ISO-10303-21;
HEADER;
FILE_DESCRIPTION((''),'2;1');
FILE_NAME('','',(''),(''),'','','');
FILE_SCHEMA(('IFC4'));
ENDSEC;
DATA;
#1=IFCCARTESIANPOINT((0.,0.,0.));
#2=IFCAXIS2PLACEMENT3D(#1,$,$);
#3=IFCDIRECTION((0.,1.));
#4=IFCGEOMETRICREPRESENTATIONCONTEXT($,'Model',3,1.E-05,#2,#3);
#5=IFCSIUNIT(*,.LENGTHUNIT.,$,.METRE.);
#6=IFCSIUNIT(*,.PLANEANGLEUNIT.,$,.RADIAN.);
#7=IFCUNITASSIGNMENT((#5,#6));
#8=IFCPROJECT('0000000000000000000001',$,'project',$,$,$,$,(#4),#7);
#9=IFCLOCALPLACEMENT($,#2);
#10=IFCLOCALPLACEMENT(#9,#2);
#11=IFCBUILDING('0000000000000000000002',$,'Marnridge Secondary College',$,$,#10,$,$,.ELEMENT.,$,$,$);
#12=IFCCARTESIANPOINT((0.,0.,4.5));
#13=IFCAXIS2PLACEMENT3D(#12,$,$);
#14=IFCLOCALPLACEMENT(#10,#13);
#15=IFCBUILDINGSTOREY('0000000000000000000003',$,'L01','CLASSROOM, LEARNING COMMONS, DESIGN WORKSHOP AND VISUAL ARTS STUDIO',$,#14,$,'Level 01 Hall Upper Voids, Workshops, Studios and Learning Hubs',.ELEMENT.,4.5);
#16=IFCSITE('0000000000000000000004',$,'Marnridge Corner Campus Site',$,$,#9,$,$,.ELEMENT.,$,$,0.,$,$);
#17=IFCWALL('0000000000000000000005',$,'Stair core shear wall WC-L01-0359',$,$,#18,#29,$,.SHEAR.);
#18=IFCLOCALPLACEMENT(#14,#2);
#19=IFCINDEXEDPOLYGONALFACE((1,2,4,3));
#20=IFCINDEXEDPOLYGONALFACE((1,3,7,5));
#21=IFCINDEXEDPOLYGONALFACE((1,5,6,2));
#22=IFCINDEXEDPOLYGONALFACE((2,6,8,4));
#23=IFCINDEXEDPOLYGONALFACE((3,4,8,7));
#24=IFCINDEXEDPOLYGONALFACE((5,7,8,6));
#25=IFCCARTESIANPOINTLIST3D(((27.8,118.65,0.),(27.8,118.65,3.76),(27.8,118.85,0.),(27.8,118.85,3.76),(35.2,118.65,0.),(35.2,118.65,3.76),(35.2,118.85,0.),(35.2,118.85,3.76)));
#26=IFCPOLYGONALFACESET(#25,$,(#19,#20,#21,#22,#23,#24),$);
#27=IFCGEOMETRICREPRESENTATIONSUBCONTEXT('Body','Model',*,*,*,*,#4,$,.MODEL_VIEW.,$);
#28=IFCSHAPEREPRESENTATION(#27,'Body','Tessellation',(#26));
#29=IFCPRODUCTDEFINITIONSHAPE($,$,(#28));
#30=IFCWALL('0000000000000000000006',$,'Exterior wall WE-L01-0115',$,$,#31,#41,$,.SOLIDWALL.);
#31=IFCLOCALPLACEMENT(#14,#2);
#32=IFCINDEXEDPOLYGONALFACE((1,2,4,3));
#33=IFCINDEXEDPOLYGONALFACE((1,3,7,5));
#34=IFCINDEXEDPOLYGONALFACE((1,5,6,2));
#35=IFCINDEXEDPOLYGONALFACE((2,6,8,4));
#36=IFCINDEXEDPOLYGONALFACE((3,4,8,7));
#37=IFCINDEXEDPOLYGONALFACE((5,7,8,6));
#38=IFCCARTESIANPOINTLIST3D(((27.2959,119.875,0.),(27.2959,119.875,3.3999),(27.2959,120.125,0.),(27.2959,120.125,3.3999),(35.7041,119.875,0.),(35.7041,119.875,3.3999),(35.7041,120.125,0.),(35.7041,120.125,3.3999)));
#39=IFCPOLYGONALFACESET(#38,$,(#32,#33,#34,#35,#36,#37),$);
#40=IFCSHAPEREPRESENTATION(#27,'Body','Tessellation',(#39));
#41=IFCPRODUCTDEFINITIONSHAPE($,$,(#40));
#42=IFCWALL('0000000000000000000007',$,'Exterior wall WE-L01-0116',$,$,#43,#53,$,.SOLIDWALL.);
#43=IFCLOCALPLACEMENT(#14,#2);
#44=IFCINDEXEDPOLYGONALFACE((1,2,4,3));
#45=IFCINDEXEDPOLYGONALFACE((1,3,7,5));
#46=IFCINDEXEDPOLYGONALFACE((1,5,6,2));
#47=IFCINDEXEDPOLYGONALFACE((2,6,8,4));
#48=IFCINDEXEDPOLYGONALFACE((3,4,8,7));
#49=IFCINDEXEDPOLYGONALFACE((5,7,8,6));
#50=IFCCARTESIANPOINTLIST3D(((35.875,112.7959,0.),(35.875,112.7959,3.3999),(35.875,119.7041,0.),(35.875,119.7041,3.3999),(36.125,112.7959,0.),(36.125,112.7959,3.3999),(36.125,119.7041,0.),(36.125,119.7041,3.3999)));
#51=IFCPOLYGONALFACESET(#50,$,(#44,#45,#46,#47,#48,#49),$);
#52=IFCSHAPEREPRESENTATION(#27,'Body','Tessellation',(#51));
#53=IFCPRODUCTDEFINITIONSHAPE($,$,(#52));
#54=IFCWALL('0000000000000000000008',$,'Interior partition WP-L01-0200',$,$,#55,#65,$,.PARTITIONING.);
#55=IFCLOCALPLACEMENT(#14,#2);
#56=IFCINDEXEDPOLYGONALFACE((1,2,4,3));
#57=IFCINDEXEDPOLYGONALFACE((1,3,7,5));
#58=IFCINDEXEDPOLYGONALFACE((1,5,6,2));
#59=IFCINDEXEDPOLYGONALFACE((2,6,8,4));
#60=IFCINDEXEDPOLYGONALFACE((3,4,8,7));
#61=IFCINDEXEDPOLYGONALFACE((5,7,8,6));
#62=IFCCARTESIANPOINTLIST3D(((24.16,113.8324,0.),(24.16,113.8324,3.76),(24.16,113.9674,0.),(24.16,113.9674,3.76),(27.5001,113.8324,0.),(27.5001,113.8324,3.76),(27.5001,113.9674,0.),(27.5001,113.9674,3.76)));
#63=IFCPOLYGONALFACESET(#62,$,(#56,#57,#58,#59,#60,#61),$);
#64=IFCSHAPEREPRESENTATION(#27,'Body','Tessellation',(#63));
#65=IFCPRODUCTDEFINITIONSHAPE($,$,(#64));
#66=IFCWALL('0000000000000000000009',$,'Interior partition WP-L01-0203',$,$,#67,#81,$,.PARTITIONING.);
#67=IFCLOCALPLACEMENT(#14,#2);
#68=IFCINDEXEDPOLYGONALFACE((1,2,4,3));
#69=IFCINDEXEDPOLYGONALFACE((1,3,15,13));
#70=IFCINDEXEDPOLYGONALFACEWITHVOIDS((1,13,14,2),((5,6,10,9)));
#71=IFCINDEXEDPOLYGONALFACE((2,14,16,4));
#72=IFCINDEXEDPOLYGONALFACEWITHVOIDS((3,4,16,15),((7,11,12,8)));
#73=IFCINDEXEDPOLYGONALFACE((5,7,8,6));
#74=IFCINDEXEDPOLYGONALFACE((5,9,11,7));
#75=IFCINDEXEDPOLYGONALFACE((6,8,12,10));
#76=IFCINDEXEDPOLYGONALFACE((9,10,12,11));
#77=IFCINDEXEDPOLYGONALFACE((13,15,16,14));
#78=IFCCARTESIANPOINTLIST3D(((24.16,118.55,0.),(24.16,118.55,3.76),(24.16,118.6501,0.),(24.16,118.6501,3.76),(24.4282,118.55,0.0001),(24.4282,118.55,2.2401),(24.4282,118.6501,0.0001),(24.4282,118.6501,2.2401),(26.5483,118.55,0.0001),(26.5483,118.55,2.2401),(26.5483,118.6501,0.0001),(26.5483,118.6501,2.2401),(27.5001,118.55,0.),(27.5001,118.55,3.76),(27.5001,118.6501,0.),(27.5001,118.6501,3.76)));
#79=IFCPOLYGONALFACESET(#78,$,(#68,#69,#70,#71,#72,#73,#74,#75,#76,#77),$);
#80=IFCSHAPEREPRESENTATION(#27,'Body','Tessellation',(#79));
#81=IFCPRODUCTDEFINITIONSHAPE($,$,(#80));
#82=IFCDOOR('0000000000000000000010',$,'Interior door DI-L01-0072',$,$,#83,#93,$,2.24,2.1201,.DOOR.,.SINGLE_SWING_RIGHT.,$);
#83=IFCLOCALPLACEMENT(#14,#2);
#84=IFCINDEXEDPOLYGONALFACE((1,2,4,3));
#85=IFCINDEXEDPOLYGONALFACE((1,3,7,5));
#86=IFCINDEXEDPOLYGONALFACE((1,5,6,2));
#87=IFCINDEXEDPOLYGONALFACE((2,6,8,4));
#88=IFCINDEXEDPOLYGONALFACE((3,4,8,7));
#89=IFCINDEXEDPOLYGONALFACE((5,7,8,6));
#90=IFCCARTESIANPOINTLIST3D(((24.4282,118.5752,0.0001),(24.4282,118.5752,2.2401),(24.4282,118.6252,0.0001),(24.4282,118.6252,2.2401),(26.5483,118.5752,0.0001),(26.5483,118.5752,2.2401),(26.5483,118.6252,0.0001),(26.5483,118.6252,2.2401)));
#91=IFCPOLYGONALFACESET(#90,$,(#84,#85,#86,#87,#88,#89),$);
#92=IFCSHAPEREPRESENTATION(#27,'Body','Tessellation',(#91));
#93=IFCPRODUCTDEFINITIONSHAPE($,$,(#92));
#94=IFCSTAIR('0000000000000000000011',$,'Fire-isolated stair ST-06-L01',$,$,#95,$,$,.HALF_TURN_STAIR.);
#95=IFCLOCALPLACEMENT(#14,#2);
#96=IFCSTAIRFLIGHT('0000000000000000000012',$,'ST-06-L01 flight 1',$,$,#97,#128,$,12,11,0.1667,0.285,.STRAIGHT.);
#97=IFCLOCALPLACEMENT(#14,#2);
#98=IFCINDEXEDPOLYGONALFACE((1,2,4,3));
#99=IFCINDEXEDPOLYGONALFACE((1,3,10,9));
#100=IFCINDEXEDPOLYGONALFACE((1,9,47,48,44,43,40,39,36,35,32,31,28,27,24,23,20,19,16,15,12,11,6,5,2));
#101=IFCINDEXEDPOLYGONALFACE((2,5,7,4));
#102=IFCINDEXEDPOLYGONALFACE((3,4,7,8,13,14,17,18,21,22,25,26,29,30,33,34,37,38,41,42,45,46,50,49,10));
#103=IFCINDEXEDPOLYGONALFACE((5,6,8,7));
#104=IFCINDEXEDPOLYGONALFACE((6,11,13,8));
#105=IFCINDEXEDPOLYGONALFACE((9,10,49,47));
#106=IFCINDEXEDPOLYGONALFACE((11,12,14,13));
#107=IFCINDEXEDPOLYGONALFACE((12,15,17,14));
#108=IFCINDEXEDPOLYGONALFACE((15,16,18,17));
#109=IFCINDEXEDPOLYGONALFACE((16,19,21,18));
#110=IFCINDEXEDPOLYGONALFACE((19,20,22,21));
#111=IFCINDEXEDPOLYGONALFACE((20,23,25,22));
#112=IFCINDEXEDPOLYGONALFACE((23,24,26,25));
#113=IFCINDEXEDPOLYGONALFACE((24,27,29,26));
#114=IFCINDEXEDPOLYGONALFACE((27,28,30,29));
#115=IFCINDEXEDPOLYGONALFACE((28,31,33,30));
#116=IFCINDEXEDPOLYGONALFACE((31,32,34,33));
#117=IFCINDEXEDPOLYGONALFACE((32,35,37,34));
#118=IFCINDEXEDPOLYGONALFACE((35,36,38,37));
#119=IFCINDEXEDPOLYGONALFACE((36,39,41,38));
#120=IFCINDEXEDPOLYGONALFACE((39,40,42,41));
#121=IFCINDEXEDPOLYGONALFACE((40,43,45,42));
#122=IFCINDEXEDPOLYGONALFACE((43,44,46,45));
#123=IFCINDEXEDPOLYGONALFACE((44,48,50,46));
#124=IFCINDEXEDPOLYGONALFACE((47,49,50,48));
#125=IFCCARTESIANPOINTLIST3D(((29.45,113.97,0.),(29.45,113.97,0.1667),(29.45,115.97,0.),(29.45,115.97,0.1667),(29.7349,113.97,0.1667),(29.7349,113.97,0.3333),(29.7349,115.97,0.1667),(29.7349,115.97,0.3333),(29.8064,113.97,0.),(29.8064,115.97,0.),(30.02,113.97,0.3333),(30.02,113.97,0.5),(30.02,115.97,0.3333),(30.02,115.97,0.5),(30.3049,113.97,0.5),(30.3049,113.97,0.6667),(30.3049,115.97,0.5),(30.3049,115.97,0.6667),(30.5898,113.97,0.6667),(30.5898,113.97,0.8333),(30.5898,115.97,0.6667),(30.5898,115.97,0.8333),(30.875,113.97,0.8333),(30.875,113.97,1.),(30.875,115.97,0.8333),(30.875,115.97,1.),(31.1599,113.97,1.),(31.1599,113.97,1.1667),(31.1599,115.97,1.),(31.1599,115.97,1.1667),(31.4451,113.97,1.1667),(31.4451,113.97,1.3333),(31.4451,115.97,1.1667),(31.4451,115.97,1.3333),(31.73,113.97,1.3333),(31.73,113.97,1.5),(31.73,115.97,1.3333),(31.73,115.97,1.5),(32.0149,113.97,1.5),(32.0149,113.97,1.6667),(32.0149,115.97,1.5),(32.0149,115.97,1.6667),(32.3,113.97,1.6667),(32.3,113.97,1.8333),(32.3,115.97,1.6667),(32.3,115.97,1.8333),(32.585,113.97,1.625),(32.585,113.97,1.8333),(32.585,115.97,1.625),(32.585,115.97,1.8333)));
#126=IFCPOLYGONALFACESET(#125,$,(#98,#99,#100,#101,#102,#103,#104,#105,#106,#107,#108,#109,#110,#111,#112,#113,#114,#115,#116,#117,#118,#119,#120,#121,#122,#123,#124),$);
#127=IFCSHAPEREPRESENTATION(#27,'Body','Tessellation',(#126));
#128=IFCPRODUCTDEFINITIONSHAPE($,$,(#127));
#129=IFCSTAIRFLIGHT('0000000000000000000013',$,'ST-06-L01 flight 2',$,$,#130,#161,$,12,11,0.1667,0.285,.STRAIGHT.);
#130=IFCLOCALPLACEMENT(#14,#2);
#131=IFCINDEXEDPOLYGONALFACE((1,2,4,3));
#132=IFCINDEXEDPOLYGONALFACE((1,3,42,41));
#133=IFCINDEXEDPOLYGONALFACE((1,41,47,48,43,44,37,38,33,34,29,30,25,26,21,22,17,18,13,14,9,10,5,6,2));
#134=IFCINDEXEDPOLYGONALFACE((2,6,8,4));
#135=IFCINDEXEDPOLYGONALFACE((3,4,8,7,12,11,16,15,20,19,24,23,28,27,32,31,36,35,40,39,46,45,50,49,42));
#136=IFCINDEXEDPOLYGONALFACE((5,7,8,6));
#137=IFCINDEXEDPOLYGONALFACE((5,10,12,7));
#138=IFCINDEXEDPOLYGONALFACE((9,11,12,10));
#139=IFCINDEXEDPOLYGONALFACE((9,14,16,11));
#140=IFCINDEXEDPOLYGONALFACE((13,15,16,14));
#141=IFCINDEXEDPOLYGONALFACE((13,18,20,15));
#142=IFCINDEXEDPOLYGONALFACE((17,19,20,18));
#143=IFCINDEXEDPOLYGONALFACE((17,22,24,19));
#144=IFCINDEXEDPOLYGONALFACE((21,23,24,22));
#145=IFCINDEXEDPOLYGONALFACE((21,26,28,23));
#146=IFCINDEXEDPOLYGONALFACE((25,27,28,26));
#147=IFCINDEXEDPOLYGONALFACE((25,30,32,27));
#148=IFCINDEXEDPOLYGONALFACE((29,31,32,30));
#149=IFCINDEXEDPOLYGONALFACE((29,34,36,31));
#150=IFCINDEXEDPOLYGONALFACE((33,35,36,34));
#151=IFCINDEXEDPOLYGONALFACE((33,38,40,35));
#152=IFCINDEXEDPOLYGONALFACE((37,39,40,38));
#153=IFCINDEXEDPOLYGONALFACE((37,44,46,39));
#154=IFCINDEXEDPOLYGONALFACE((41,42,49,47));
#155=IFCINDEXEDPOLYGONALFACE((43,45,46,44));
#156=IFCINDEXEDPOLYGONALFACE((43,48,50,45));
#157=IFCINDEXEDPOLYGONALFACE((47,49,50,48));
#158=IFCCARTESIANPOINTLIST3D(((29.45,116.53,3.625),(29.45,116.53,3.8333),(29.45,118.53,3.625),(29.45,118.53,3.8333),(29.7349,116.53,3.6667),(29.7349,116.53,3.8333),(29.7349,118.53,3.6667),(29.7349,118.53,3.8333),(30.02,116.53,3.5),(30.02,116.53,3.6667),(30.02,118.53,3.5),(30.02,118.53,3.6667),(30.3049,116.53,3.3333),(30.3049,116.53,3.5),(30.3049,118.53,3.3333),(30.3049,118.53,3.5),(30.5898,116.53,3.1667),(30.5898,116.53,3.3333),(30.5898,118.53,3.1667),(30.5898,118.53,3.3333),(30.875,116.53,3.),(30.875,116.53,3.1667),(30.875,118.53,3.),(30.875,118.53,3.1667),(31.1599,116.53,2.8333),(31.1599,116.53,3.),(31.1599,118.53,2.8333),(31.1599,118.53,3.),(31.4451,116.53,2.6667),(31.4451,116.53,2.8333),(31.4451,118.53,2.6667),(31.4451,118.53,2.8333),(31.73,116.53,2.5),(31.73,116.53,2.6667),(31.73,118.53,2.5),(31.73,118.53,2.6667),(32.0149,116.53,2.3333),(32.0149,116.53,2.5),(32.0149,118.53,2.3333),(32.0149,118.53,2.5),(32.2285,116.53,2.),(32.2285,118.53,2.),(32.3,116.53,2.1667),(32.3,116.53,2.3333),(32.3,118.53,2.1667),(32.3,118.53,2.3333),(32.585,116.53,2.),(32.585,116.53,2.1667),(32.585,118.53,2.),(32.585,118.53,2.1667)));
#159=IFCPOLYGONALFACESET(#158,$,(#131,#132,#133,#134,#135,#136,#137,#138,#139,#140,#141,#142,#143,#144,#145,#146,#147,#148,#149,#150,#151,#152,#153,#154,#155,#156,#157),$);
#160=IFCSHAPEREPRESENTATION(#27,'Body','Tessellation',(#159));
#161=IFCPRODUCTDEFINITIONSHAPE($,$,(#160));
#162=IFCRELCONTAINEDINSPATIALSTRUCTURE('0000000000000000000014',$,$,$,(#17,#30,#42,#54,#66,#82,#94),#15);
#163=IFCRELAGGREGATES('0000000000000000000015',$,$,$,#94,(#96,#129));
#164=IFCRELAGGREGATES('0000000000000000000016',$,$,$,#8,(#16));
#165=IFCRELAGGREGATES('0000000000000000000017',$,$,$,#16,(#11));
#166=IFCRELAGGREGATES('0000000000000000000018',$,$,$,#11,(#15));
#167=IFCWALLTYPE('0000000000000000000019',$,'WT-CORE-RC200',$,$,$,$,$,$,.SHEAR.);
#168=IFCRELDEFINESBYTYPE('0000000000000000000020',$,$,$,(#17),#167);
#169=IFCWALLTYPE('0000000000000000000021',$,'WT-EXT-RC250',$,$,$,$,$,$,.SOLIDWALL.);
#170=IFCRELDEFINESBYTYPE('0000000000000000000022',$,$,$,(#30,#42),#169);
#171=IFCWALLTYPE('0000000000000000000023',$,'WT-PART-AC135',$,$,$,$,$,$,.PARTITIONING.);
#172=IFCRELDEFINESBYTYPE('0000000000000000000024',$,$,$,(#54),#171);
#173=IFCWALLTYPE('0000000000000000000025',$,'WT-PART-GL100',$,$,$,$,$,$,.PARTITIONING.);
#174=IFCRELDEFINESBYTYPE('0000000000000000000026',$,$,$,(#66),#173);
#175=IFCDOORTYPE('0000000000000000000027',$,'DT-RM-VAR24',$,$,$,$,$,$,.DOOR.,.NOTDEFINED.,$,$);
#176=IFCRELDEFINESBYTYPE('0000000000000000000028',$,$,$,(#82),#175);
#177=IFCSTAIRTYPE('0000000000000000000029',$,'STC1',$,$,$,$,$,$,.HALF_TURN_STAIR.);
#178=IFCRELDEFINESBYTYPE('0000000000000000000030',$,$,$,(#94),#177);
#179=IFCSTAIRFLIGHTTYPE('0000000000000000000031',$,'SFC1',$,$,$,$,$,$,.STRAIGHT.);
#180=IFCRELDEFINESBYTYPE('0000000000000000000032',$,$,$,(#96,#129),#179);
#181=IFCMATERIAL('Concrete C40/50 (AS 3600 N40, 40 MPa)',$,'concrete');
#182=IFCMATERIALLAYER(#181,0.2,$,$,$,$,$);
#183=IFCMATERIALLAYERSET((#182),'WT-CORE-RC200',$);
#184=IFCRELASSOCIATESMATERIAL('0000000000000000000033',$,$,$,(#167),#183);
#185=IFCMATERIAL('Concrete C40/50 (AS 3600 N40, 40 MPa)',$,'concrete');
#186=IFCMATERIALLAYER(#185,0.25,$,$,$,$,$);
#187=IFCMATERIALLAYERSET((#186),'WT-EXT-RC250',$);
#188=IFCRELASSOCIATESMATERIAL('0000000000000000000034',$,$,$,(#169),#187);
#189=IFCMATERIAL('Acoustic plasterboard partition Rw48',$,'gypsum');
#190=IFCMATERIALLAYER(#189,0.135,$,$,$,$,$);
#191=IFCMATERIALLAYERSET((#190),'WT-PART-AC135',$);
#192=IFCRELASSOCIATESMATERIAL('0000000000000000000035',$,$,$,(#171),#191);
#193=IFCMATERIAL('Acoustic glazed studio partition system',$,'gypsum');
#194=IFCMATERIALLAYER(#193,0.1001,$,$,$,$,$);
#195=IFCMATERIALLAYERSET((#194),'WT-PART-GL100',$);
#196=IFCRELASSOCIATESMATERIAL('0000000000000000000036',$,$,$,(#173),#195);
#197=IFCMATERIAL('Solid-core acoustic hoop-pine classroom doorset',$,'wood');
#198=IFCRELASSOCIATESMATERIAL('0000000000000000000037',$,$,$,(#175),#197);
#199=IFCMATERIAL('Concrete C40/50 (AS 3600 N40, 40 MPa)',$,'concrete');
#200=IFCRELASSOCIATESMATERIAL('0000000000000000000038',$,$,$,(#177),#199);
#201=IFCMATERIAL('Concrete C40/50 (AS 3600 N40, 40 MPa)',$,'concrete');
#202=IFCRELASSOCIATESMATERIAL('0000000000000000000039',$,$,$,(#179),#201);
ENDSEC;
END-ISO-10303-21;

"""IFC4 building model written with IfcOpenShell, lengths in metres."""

from ifc_helpers import new_model, si_unit, direction, frame, frame_2d, origin, place, context, subcontext, project, spatial, polyline, rectangle, outline, extrude, material, layer, layer_set, type_object, element, fill, aggregate, save


model = new_model("IFC4")

# Units and contexts
model_context = context("Model", 3, precision=1e-05, world=origin(), true_north=direction((0.0, 1.0)))
body_context = subcontext(model_context, "Body", "Model", "MODEL_VIEW")
ifc_project = project(units=[si_unit("LENGTHUNIT", "METRE"), si_unit("PLANEANGLEUNIT", "RADIAN")], contexts=[model_context])

# Site, building, storey
site_placement = place(None, origin())
site = spatial("IfcSite", under=ifc_project, at=site_placement, Name="Marnridge Corner Campus Site", CompositionType="ELEMENT", RefElevation=0.0)
building_placement = place(site_placement, origin())
building = spatial("IfcBuilding", under=site, at=building_placement, Name="Marnridge Secondary College", CompositionType="ELEMENT")
storey_placement = place(building_placement, frame((0.0, 0.0, 4.5)))
storey = spatial("IfcBuildingStorey", under=building, at=storey_placement, Name="L01", Description="CLASSROOM, LEARNING COMMONS, DESIGN WORKSHOP AND VISUAL ARTS STUDIO", LongName="Level 01 Hall Upper Voids, Workshops, Studios and Learning Hubs", CompositionType="ELEMENT", Elevation=4.5)

# Wall
ifc_material_1 = material(Name="Concrete C40/50 (AS 3600 N40, 40 MPa)", Category="concrete")
ifc_layer_1 = layer(ifc_material_1, 0.2)
ifc_layer_set_1 = layer_set([ifc_layer_1], Name="WT-CORE-RC200")
wall_type_1 = type_object("IfcWallType", Name="WT-CORE-RC200", PredefinedType="SHEAR", material=ifc_layer_set_1)
wall_1_placement = place(storey_placement, frame((35.2, 118.75, 0.0), z_axis=(0.0, 0.0, 1.0), x_axis=(-1.0, 0.0, 0.0)))
element("IfcWall", 1, at=wall_1_placement, inside=storey, type_object=wall_type_1, Name="Stair core shear wall WC-L01-0359", PredefinedType="SHEAR", context=body_context, shape_type="SweptSolid", body=[
    extrude(rectangle(XDim=7.3999, YDim=0.2, at=frame_2d((3.7, 0.0))), origin(), (0.0, 0.0, 1.0), 3.76),
])

# Walls
ifc_material_2 = material(Name="Concrete C40/50 (AS 3600 N40, 40 MPa)", Category="concrete")
ifc_layer_2 = layer(ifc_material_2, 0.25)
ifc_layer_set_2 = layer_set([ifc_layer_2], Name="WT-EXT-RC250")
wall_type_2 = type_object("IfcWallType", Name="WT-EXT-RC250", PredefinedType="SOLIDWALL", material=ifc_layer_set_2)
wall_2_placement = place(storey_placement, frame((27.2959, 120.0, 0.0), z_axis=(0.0, 0.0, 1.0), x_axis=(1.0, 0.0, 0.0)))
element("IfcWall", 2, at=wall_2_placement, inside=storey, type_object=wall_type_2, Name="Exterior wall WE-L01-0115", PredefinedType="SOLIDWALL", context=body_context, shape_type="SweptSolid", body=[
    extrude(rectangle(XDim=8.4082, YDim=0.25, at=frame_2d((4.2041, 0.0))), origin(), (0.0, 0.0, 1.0), 3.3999),
])
wall_3_placement = place(storey_placement, frame((36.0, 119.7041, 0.0), z_axis=(0.0, 0.0, 1.0), x_axis=(0.0, -1.0, 0.0)))
element("IfcWall", 3, at=wall_3_placement, inside=storey, type_object=wall_type_2, Name="Exterior wall WE-L01-0116", PredefinedType="SOLIDWALL", context=body_context, shape_type="SweptSolid", body=[
    extrude(rectangle(XDim=6.9082, YDim=0.25, at=frame_2d((3.4541, 0.0))), origin(), (0.0, 0.0, 1.0), 3.3999),
])
ifc_material_3 = material(Name="Acoustic plasterboard partition Rw48", Category="gypsum")
ifc_layer_3 = layer(ifc_material_3, 0.135)
ifc_layer_set_3 = layer_set([ifc_layer_3], Name="WT-PART-AC135")
wall_type_3 = type_object("IfcWallType", Name="WT-PART-AC135", PredefinedType="PARTITIONING", material=ifc_layer_set_3)
wall_4_placement = place(storey_placement, frame((27.5, 113.8999, 0.0), z_axis=(0.0, 0.0, 1.0), x_axis=(-1.0, 0.0, 0.0)))
element("IfcWall", 4, at=wall_4_placement, inside=storey, type_object=wall_type_3, Name="Interior partition WP-L01-0200", PredefinedType="PARTITIONING", context=body_context, shape_type="SweptSolid", body=[
    extrude(rectangle(XDim=3.3401, YDim=0.135, at=frame_2d((1.6699, 0.0))), origin(), (0.0, 0.0, 1.0), 3.76),
])

# Wall, opening, door
ifc_material_4 = material(Name="Acoustic glazed studio partition system", Category="gypsum")
ifc_layer_4 = layer(ifc_material_4, 0.1001)
ifc_layer_set_4 = layer_set([ifc_layer_4], Name="WT-PART-GL100")
wall_type_4 = type_object("IfcWallType", Name="WT-PART-GL100", PredefinedType="PARTITIONING", material=ifc_layer_set_4)
wall_5_placement = place(storey_placement, frame((27.5, 118.6001, 0.0), z_axis=(0.0, 0.0, 1.0), x_axis=(-1.0, 0.0, 0.0)))
wall_5 = element("IfcWall", 5, at=wall_5_placement, inside=storey, type_object=wall_type_4, Name="Interior partition WP-L01-0203", PredefinedType="PARTITIONING", context=body_context, shape_type="SweptSolid", body=[
    extrude(rectangle(XDim=3.3401, YDim=0.1001, at=frame_2d((1.6699, 0.0))), origin(), (0.0, 0.0, 1.0), 3.76),
])
opening_1_placement = place(wall_5_placement, frame((0.9517, 0.0, 0.0)))
opening_1 = element("IfcOpeningElement", 6, at=opening_1_placement, cuts=wall_5, PredefinedType="OPENING", context=body_context, shape_type="SweptSolid", body=[
    extrude(rectangle(XDim=2.1201, YDim=2.24, at=frame_2d((1.0601, 1.1201))), frame((0.0, 0.0601, 0.0), z_axis=(0.0, -1.0, 0.0), x_axis=(1.0, 0.0, 0.0)), (0.0, 0.0, 1.0), 0.1201),
])
ifc_material_5 = material(Name="Solid-core acoustic hoop-pine classroom doorset", Category="wood")
door_type_1 = type_object("IfcDoorType", Name="DT-RM-VAR24", OperationType="NOTDEFINED", PredefinedType="DOOR", material=ifc_material_5)
door_1_placement = place(opening_1_placement, origin())
door_1 = element("IfcDoor", 7, at=door_1_placement, inside=storey, type_object=door_type_1, Name="Interior door DI-L01-0072", OperationType="SINGLE_SWING_RIGHT", OverallHeight=2.24, OverallWidth=2.1201, PredefinedType="DOOR", context=body_context, shape_type="SweptSolid", body=[
    extrude(rectangle(XDim=2.1201, YDim=2.24, at=frame_2d((1.0601, 1.1201))), frame((0.0, 0.0249, 0.0), z_axis=(0.0, -1.0, 0.0), x_axis=(1.0, 0.0, 0.0)), (0.0, 0.0, 1.0), 0.05),
])
fill(opening_1, door_1)

# Stair, stair flights
ifc_material_6 = material(Name="Concrete C40/50 (AS 3600 N40, 40 MPa)", Category="concrete")
stair_type = type_object("IfcStairType", Name="STC1", PredefinedType="HALF_TURN_STAIR", material=ifc_material_6)
stair_placement = place(storey_placement, origin())
stair = element("IfcStair", 8, at=stair_placement, inside=storey, type_object=stair_type, Name="Fire-isolated stair ST-06-L01", PredefinedType="HALF_TURN_STAIR")
ifc_material_7 = material(Name="Concrete C40/50 (AS 3600 N40, 40 MPa)", Category="concrete")
stair_flight_type = type_object("IfcStairFlightType", Name="SFC1", PredefinedType="STRAIGHT", material=ifc_material_7)
stair_flight_1_placement = place(storey_placement, frame((29.45, 114.97, 0.0), z_axis=(0.0, 0.0, 1.0), x_axis=(1.0, 0.0, 0.0)))
stair_flight_1 = element("IfcStairFlight", 9, at=stair_flight_1_placement, type_object=stair_flight_type, Name="ST-06-L01 flight 1", NumberOfRisers=12, NumberOfTreads=11, PredefinedType="STRAIGHT", RiserHeight=0.1667, TreadLength=0.285, context=body_context, shape_type="SweptSolid", body=[
    extrude(outline(polyline([(0.0, 0.0), (0.0, 0.1667), (0.2849, 0.1667), (0.2849, 0.3333), (0.5701, 0.3333), (0.5701, 0.5), (0.855, 0.5), (0.855, 0.6667), (1.1399, 0.6667), (1.1399, 0.8333), (1.425, 0.8333), (1.425, 1.0), (1.71, 1.0), (1.71, 1.1667), (1.9951, 1.1667), (1.9951, 1.3333), (2.28, 1.3333), (2.28, 1.5), (2.5649, 1.5), (2.5649, 1.6667), (2.8501, 1.6667), (2.8501, 1.8333), (3.135, 1.8333), (3.135, 2.0), (3.135, 1.625), (0.3564, 0.0), (0.0, 0.0)])), frame((0.0, 1.0, 0.0), z_axis=(0.0, -1.0, 0.0), x_axis=(1.0, 0.0, 0.0)), (0.0, 0.0, 1.0), 2.0),
])
stair_flight_2_placement = place(storey_placement, frame((32.585, 117.53, 2.0), z_axis=(0.0, 0.0, 1.0), x_axis=(-1.0, 0.0, 0.0)))
stair_flight_2 = element("IfcStairFlight", 10, at=stair_flight_2_placement, type_object=stair_flight_type, Name="ST-06-L01 flight 2", NumberOfRisers=12, NumberOfTreads=11, PredefinedType="STRAIGHT", RiserHeight=0.1667, TreadLength=0.285, context=body_context, shape_type="SweptSolid", body=[
    extrude(outline(polyline([(0.0, 0.0), (0.0, 0.1667), (0.2849, 0.1667), (0.2849, 0.3333), (0.5701, 0.3333), (0.5701, 0.5), (0.855, 0.5), (0.855, 0.6667), (1.1399, 0.6667), (1.1399, 0.8333), (1.425, 0.8333), (1.425, 1.0), (1.71, 1.0), (1.71, 1.1667), (1.9951, 1.1667), (1.9951, 1.3333), (2.28, 1.3333), (2.28, 1.5), (2.5649, 1.5), (2.5649, 1.6667), (2.8501, 1.6667), (2.8501, 1.8333), (3.135, 1.8333), (3.135, 2.0), (3.135, 1.625), (0.3564, 0.0), (0.0, 0.0)])), frame((0.0, 1.0, 0.0), z_axis=(0.0, -1.0, 0.0), x_axis=(1.0, 0.0, 0.0)), (0.0, 0.0, 1.0), 2.0),
])
aggregate(stair, [stair_flight_1, stair_flight_2])

save(model, "model.ifc")
